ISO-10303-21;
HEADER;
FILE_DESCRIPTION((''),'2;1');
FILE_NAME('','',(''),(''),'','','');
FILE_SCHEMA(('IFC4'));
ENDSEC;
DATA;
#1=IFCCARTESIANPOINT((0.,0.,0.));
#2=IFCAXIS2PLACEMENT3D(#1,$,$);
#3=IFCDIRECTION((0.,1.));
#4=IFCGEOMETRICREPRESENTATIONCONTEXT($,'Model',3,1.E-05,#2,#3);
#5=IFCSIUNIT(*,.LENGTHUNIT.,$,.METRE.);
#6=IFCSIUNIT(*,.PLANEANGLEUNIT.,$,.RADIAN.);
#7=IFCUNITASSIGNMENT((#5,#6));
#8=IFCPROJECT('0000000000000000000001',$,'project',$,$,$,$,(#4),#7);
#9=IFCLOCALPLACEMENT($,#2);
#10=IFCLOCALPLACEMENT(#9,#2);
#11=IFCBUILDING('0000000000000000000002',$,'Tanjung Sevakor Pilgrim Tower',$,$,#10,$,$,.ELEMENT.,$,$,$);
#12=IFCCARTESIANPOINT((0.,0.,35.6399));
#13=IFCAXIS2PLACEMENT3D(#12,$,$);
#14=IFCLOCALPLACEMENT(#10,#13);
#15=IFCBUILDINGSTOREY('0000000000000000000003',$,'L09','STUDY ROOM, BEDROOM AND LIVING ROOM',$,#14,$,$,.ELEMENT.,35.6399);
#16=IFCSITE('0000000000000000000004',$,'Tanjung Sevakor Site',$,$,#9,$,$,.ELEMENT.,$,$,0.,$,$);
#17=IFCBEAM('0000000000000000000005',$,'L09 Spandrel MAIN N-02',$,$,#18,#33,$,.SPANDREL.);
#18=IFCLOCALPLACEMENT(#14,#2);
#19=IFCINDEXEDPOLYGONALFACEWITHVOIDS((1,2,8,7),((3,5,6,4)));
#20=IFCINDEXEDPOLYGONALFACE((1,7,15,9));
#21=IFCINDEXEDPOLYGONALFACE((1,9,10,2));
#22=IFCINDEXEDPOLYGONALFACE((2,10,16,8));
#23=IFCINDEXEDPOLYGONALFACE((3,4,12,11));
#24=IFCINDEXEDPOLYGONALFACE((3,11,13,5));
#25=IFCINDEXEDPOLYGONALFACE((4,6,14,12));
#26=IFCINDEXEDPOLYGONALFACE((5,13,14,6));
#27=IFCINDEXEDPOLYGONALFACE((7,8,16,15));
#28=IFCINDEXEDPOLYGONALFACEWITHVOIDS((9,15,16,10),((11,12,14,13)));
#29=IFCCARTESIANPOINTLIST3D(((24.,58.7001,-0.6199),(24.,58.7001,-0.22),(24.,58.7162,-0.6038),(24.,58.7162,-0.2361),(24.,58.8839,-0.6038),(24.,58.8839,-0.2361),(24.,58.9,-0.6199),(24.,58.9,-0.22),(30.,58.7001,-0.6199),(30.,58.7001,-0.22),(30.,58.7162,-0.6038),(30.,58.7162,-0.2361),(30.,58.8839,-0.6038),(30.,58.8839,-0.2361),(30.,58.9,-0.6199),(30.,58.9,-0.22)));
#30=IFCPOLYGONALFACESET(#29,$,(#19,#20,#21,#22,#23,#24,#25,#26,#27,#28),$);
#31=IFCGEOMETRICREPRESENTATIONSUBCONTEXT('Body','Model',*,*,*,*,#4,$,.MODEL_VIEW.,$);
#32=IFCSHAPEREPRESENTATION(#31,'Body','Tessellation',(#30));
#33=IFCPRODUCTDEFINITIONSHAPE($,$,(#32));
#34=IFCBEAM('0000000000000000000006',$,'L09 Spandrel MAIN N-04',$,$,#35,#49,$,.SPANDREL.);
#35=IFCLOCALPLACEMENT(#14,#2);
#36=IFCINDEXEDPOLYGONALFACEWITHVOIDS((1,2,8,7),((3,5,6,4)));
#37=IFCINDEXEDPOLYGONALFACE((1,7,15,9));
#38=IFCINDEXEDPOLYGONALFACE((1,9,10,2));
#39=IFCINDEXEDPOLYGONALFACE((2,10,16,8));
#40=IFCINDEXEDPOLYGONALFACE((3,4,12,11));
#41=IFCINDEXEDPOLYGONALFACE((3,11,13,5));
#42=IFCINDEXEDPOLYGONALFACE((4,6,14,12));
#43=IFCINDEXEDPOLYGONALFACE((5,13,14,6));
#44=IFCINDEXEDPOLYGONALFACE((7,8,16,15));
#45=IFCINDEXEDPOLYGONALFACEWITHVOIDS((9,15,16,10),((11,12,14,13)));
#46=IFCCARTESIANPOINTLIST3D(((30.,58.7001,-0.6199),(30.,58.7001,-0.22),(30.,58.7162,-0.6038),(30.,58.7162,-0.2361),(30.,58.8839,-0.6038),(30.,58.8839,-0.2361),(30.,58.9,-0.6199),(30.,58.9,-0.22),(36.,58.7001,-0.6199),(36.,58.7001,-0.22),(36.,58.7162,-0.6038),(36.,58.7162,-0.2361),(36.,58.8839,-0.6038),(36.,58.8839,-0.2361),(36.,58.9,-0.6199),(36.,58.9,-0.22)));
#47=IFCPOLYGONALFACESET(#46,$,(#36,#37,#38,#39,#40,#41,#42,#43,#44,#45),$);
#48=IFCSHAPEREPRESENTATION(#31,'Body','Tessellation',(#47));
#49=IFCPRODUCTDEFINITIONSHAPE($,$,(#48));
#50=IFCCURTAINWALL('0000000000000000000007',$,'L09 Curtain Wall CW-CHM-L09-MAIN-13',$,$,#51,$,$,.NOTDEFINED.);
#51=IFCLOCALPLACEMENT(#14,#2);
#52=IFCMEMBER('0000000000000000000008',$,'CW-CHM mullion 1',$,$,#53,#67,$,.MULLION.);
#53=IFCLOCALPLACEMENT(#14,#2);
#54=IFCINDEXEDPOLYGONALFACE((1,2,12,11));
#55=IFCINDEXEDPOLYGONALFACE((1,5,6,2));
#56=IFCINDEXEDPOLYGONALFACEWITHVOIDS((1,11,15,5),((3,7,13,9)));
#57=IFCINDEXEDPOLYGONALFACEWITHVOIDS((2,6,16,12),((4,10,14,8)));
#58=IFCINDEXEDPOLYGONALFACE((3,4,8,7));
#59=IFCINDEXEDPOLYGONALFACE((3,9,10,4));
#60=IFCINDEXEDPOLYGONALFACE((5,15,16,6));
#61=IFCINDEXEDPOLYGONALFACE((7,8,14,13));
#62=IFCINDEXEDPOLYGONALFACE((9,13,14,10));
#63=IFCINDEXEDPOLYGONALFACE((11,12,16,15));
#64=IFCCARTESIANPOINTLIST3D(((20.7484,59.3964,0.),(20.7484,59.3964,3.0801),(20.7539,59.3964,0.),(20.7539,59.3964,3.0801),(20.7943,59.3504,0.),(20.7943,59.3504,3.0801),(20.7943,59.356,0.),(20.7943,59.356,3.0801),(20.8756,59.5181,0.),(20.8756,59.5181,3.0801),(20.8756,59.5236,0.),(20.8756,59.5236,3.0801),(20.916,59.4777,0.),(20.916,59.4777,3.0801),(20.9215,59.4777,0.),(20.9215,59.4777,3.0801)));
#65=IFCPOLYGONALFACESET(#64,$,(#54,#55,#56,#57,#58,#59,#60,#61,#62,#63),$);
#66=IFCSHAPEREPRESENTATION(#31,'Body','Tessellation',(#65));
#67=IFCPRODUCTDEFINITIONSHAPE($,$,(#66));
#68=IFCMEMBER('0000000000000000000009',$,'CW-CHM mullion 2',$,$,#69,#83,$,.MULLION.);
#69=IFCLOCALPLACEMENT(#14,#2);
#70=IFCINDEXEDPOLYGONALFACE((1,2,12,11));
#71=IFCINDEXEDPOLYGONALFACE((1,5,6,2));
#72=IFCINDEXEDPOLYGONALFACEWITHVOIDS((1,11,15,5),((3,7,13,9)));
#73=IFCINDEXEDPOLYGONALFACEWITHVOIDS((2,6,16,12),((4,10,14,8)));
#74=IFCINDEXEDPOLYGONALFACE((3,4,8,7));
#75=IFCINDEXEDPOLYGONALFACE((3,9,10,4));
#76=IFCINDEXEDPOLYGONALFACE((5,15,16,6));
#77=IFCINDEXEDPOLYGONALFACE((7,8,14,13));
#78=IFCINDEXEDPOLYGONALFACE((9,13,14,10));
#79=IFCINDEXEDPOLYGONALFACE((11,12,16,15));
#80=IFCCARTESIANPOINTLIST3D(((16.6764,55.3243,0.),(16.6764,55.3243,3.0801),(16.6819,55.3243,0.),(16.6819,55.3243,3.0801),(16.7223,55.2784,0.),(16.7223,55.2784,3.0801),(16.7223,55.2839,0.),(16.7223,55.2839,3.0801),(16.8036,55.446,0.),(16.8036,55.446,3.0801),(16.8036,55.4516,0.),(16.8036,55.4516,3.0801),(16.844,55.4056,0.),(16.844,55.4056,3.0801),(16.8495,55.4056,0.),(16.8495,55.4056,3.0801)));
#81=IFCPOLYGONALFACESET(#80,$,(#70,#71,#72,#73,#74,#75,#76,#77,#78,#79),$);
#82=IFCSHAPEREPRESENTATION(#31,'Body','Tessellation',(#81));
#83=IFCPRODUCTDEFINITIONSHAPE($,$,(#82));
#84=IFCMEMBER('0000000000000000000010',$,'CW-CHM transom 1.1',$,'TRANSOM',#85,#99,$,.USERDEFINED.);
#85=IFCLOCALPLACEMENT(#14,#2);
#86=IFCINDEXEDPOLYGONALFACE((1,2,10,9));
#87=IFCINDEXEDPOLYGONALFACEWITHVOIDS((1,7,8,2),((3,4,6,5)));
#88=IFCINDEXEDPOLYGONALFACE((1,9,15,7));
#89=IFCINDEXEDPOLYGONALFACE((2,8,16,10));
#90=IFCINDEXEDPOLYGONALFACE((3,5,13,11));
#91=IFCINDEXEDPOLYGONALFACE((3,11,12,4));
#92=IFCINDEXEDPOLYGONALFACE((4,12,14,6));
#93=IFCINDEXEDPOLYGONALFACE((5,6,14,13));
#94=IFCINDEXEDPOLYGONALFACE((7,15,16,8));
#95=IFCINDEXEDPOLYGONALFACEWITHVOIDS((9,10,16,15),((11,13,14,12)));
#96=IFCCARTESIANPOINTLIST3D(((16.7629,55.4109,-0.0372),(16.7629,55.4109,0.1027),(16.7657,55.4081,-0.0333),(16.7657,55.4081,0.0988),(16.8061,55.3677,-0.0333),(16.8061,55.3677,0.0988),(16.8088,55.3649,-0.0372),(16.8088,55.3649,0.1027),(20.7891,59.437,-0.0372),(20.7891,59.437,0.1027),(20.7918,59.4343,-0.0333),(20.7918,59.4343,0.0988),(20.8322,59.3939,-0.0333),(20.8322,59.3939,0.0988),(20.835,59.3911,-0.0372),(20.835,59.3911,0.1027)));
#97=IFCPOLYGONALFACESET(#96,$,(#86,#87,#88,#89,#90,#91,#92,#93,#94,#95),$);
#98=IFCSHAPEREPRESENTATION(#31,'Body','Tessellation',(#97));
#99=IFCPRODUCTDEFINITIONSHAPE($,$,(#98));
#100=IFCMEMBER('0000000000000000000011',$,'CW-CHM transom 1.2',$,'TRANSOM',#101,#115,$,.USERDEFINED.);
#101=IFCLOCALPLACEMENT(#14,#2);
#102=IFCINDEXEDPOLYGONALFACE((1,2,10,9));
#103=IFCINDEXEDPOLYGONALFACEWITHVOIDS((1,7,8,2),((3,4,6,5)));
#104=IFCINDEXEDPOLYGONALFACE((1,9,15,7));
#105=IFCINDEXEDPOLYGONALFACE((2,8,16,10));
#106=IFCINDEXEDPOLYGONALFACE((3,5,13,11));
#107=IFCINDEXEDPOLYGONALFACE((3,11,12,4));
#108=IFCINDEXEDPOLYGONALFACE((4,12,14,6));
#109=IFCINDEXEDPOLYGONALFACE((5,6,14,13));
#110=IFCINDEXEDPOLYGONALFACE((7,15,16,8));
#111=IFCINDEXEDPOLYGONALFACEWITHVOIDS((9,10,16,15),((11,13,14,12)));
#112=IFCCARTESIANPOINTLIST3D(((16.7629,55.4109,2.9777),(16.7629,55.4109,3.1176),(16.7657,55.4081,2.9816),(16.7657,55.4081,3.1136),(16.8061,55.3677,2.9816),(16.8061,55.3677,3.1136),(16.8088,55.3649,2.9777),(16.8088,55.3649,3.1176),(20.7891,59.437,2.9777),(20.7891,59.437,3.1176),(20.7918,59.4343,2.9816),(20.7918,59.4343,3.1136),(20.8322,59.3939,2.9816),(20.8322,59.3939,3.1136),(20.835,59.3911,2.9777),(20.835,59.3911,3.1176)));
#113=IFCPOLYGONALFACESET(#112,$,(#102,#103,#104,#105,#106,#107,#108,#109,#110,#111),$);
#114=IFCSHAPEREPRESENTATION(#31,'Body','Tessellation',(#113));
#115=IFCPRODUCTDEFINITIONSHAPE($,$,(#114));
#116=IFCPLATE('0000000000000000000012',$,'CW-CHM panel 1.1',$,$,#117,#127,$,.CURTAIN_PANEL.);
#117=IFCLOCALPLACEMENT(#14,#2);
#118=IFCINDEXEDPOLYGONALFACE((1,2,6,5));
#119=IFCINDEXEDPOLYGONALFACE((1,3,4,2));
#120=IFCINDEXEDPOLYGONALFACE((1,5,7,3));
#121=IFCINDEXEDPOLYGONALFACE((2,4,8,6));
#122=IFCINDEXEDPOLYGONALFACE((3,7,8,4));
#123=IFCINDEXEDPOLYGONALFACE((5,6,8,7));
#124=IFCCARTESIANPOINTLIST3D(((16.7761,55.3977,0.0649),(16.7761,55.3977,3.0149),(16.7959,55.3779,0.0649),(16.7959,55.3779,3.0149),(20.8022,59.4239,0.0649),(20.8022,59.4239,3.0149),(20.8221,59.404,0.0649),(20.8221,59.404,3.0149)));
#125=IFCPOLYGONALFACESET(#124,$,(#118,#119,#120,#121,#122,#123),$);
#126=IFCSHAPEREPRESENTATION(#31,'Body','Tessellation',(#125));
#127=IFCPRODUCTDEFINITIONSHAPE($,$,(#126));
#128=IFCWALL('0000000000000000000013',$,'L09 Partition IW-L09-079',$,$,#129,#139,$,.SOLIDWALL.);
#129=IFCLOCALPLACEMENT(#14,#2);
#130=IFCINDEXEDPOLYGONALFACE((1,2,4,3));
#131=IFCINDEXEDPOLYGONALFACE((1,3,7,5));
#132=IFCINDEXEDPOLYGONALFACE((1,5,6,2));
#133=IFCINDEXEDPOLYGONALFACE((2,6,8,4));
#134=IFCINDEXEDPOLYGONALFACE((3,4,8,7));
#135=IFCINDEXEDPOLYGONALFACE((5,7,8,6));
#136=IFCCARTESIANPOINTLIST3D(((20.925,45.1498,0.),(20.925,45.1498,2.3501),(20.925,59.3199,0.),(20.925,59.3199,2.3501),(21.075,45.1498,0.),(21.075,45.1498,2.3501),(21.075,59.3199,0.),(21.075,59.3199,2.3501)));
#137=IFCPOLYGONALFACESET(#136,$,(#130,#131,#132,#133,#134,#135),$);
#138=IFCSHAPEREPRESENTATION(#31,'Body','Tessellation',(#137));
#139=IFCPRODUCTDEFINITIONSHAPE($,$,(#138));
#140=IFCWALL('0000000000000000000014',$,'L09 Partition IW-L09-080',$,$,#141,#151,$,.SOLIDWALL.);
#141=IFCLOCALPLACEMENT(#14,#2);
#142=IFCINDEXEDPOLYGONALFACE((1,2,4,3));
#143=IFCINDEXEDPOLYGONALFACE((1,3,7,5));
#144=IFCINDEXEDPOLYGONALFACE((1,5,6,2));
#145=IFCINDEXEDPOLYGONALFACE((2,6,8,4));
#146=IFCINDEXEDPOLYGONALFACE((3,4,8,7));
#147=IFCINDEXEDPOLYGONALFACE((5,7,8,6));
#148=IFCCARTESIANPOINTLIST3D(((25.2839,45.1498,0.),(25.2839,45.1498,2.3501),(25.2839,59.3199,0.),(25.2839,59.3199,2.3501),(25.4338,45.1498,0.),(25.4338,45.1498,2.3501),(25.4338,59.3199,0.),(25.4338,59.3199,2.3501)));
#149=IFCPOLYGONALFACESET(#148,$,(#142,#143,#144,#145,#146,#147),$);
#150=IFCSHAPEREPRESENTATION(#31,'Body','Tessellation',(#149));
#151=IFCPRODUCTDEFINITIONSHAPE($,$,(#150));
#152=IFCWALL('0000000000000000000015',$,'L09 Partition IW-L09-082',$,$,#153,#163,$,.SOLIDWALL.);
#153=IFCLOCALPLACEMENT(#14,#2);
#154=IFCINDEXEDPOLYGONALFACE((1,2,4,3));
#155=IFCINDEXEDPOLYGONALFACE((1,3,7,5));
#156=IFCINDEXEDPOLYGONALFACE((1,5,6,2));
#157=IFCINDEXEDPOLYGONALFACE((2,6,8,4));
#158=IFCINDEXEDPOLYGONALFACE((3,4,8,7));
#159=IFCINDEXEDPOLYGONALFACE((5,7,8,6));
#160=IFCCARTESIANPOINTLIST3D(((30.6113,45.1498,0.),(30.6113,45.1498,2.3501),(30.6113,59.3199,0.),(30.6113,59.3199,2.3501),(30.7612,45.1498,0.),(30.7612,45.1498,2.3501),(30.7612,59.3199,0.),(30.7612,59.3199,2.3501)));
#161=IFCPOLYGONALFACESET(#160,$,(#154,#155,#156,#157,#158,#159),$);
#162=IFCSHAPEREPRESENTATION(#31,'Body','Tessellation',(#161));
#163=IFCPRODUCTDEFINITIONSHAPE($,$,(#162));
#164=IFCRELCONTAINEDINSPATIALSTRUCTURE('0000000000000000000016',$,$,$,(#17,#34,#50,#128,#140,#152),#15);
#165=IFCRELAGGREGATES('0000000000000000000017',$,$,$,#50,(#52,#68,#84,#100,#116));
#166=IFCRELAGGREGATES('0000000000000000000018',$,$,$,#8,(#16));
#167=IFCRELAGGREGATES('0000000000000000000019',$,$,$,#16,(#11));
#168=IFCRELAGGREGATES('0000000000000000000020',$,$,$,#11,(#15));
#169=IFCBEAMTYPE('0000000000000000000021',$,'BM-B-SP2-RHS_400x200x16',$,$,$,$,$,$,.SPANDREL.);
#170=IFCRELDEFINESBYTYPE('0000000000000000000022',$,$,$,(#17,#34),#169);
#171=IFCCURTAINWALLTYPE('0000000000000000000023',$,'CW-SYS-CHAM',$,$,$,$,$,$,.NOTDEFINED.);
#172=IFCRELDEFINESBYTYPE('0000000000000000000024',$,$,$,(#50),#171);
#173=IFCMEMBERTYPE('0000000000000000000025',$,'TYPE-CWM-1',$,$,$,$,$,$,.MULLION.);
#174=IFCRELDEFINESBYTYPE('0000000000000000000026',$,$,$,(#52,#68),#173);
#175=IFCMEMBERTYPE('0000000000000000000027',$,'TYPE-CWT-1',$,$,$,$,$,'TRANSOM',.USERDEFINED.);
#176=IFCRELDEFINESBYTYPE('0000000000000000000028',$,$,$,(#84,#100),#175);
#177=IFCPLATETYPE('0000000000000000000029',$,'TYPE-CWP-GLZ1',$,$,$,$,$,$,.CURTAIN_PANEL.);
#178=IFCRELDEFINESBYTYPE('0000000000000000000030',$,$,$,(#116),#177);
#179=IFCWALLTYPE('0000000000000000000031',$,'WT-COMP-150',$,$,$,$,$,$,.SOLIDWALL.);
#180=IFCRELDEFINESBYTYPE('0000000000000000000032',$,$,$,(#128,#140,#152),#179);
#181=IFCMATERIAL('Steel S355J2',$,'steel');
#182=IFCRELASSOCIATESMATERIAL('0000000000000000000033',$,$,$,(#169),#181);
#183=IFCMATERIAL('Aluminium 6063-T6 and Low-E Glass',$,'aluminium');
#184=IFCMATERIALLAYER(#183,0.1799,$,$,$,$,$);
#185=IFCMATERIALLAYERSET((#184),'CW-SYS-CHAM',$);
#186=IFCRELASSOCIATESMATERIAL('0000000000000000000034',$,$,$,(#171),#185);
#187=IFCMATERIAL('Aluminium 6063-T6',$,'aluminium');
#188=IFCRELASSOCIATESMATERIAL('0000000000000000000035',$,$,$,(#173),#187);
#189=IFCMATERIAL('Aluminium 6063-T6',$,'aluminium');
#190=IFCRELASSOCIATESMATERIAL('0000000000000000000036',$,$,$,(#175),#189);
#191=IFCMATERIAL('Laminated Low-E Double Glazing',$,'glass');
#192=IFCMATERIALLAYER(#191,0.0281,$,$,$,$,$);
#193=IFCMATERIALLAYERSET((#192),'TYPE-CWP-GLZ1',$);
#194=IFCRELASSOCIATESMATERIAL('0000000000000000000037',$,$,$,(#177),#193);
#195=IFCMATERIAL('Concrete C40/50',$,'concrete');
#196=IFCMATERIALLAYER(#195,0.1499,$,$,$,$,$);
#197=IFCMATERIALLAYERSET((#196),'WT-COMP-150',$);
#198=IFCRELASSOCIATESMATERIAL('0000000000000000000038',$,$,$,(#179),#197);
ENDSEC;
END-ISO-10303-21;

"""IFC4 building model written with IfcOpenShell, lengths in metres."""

from ifc_helpers import new_model, si_unit, direction, frame, frame_2d, origin, origin_2d, place, context, subcontext, project, spatial, rectangle, hollow_rectangle, extrude, material, layer, layer_set, material_profile, profile_set, type_object, element, aggregate, save


model = new_model("IFC4")

# Units and contexts
model_context = context("Model", 3, precision=1e-05, world=origin(), true_north=direction((0.0, 1.0)))
body_context = subcontext(model_context, "Body", "Model", "MODEL_VIEW")
ifc_project = project(units=[si_unit("LENGTHUNIT", "METRE"), si_unit("PLANEANGLEUNIT", "RADIAN")], contexts=[model_context])

# Site, building, storey
site_placement = place(None, origin())
site = spatial("IfcSite", under=ifc_project, at=site_placement, Name="Tanjung Sevakor Site", CompositionType="ELEMENT", RefElevation=0.0)
building_placement = place(site_placement, origin())
building = spatial("IfcBuilding", under=site, at=building_placement, Name="Tanjung Sevakor Pilgrim Tower", CompositionType="ELEMENT")
storey_placement = place(building_placement, frame((0.0, 0.0, 35.6399)))
storey = spatial("IfcBuildingStorey", under=building, at=storey_placement, Name="L09", Description="STUDY ROOM, BEDROOM AND LIVING ROOM", CompositionType="ELEMENT", Elevation=35.6399)

# Beams
ifc_material_1 = material(Name="Steel S355J2", Category="steel")
ifc_material_profile_1 = material_profile(ifc_material_1, hollow_rectangle(XDim=0.2, YDim=0.3999, WallThickness=0.0161, at=origin_2d()))
ifc_profile_set_1 = profile_set([ifc_material_profile_1], Name="Steel S355J2")
beam_type_1 = type_object("IfcBeamType", Name="BM-B-SP2-RHS_400x200x16", PredefinedType="SPANDREL", material=ifc_profile_set_1)
for number, where, z_axis, x_axis, name in (
    (1, (24.0, 58.8, -0.4199), (1.0, 0.0, 0.0), (0.0, 1.0, 0.0), "L09 Spandrel MAIN N-02"),
    (2, (30.0, 58.8, -0.4199), (1.0, 0.0, 0.0), (0.0, 1.0, 0.0), "L09 Spandrel MAIN N-04"),
):
    element("IfcBeam", number, at=place(storey_placement, frame(where, z_axis=z_axis, x_axis=x_axis)), inside=storey, type_object=beam_type_1, Name=name, PredefinedType="SPANDREL", context=body_context, shape_type="SweptSolid", body=[
        extrude(hollow_rectangle(XDim=0.2, YDim=0.3999, WallThickness=0.0161, at=origin_2d()), origin(), (0.0, 0.0, 1.0), 6.0),
    ])

# Curtain wall, members, plate
ifc_material_2 = material(Name="Aluminium 6063-T6 and Low-E Glass", Category="aluminium")
ifc_layer_1 = layer(ifc_material_2, 0.1799)
ifc_layer_set_1 = layer_set([ifc_layer_1], Name="CW-SYS-CHAM")
curtain_wall_type = type_object("IfcCurtainWallType", Name="CW-SYS-CHAM", PredefinedType="NOTDEFINED", material=ifc_layer_set_1)
curtain_wall_placement = place(storey_placement, origin())
curtain_wall = element("IfcCurtainWall", 3, at=curtain_wall_placement, inside=storey, type_object=curtain_wall_type, Name="L09 Curtain Wall CW-CHM-L09-MAIN-13", PredefinedType="NOTDEFINED")
ifc_material_3 = material(Name="Aluminium 6063-T6", Category="aluminium")
ifc_material_profile_2 = material_profile(ifc_material_3, hollow_rectangle(XDim=0.0649, YDim=0.1799, WallThickness=0.0039, at=origin_2d()))
ifc_profile_set_2 = profile_set([ifc_material_profile_2], Name="Aluminium 6063-T6")
member_type_1 = type_object("IfcMemberType", Name="TYPE-CWM-1", PredefinedType="MULLION", material=ifc_profile_set_2)
member_1_placement = place(storey_placement, frame((20.835, 59.437, 0.0), z_axis=(0.0, 0.0, 1.0), x_axis=(0.707107, -0.707107, 0.0)))
member_1 = element("IfcMember", 4, at=member_1_placement, type_object=member_type_1, Name="CW-CHM mullion 1", PredefinedType="MULLION", context=body_context, shape_type="SweptSolid", body=[
    extrude(hollow_rectangle(XDim=0.0649, YDim=0.1799, WallThickness=0.0039, at=origin_2d()), origin(), (0.0, 0.0, 1.0), 3.0801),
])
member_2_placement = place(storey_placement, frame((16.7629, 55.365, 0.0), z_axis=(0.0, 0.0, 1.0), x_axis=(0.707107, -0.707107, 0.0)))
member_2 = element("IfcMember", 5, at=member_2_placement, type_object=member_type_1, Name="CW-CHM mullion 2", PredefinedType="MULLION", context=body_context, shape_type="SweptSolid", body=[
    extrude(hollow_rectangle(XDim=0.0649, YDim=0.1799, WallThickness=0.0039, at=origin_2d()), origin(), (0.0, 0.0, 1.0), 3.0801),
])
ifc_material_4 = material(Name="Aluminium 6063-T6", Category="aluminium")
ifc_material_profile_3 = material_profile(ifc_material_4, hollow_rectangle(XDim=0.0649, YDim=0.1399, WallThickness=0.0039, at=origin_2d()))
ifc_profile_set_3 = profile_set([ifc_material_profile_3], Name="Aluminium 6063-T6")
member_type_2 = type_object("IfcMemberType", Name="TYPE-CWT-1", ElementType="TRANSOM", PredefinedType="USERDEFINED", material=ifc_profile_set_3)
member_3_placement = place(storey_placement, frame((20.812, 59.4141, 0.0327), z_axis=(-0.707107, -0.707107, 0.0), x_axis=(0.707107, -0.707107, 0.0)))
member_3 = element("IfcMember", 6, at=member_3_placement, type_object=member_type_2, Name="CW-CHM transom 1.1", ObjectType="TRANSOM", PredefinedType="USERDEFINED", context=body_context, shape_type="SweptSolid", body=[
    extrude(hollow_rectangle(XDim=0.0649, YDim=0.1399, WallThickness=0.0039, at=origin_2d()), origin(), (0.0, 0.0, 1.0), 5.6938),
])
member_4_placement = place(storey_placement, frame((20.812, 59.4141, 3.0476), z_axis=(-0.707107, -0.707107, 0.0), x_axis=(0.707107, -0.707107, 0.0)))
member_4 = element("IfcMember", 7, at=member_4_placement, type_object=member_type_2, Name="CW-CHM transom 1.2", ObjectType="TRANSOM", PredefinedType="USERDEFINED", context=body_context, shape_type="SweptSolid", body=[
    extrude(hollow_rectangle(XDim=0.0649, YDim=0.1399, WallThickness=0.0039, at=origin_2d()), origin(), (0.0, 0.0, 1.0), 5.6938),
])
ifc_material_5 = material(Name="Laminated Low-E Double Glazing", Category="glass")
ifc_layer_2 = layer(ifc_material_5, 0.0281)
ifc_layer_set_2 = layer_set([ifc_layer_2], Name="TYPE-CWP-GLZ1")
plate_type = type_object("IfcPlateType", Name="TYPE-CWP-GLZ1", PredefinedType="CURTAIN_PANEL", material=ifc_layer_set_2)
plate_placement = place(storey_placement, frame((18.7991, 57.4009, 0.0649), z_axis=(0.0, 0.0, 1.0), x_axis=(-0.707107, -0.707107, 0.0)))
plate = element("IfcPlate", 8, at=plate_placement, type_object=plate_type, Name="CW-CHM panel 1.1", PredefinedType="CURTAIN_PANEL", context=body_context, shape_type="SweptSolid", body=[
    extrude(rectangle(XDim=5.6938, YDim=0.0281, at=origin_2d()), origin(), (0.0, 0.0, 1.0), 2.95),
])
aggregate(curtain_wall, [member_1, member_2, member_3, member_4, plate])

# Walls
ifc_material_6 = material(Name="Concrete C40/50", Category="concrete")
ifc_layer_3 = layer(ifc_material_6, 0.1499)
ifc_layer_set_3 = layer_set([ifc_layer_3], Name="WT-COMP-150")
wall_type_1 = type_object("IfcWallType", Name="WT-COMP-150", PredefinedType="SOLIDWALL", material=ifc_layer_set_3)
for number, where, z_axis, x_axis, name in (
    (9, (21.0, 45.1499, 0.0), (0.0, 0.0, 1.0), (0.0, 1.0, 0.0), "L09 Partition IW-L09-079"),
    (10, (25.3589, 45.1499, 0.0), (0.0, 0.0, 1.0), (0.0, 1.0, 0.0), "L09 Partition IW-L09-080"),
):
    element("IfcWall", number, at=place(storey_placement, frame(where, z_axis=z_axis, x_axis=x_axis)), inside=storey, type_object=wall_type_1, Name=name, PredefinedType="SOLIDWALL", context=body_context, shape_type="SweptSolid", body=[
        extrude(rectangle(XDim=14.1702, YDim=0.1499, at=frame_2d((7.085, 0.0))), origin(), (0.0, 0.0, 1.0), 2.3501),
    ])

# Wall
wall_1_placement = place(storey_placement, frame((30.6863, 45.1499, 0.0), z_axis=(0.0, 0.0, 1.0), x_axis=(0.0, 1.0, 0.0)))
element("IfcWall", 11, at=wall_1_placement, inside=storey, type_object=wall_type_1, Name="L09 Partition IW-L09-082", PredefinedType="SOLIDWALL", context=body_context, shape_type="SweptSolid", body=[
    extrude(rectangle(XDim=14.1702, YDim=0.1499, at=frame_2d((7.085, 0.0))), origin(), (0.0, 0.0, 1.0), 2.3501),
])

save(model, "model.ifc")
